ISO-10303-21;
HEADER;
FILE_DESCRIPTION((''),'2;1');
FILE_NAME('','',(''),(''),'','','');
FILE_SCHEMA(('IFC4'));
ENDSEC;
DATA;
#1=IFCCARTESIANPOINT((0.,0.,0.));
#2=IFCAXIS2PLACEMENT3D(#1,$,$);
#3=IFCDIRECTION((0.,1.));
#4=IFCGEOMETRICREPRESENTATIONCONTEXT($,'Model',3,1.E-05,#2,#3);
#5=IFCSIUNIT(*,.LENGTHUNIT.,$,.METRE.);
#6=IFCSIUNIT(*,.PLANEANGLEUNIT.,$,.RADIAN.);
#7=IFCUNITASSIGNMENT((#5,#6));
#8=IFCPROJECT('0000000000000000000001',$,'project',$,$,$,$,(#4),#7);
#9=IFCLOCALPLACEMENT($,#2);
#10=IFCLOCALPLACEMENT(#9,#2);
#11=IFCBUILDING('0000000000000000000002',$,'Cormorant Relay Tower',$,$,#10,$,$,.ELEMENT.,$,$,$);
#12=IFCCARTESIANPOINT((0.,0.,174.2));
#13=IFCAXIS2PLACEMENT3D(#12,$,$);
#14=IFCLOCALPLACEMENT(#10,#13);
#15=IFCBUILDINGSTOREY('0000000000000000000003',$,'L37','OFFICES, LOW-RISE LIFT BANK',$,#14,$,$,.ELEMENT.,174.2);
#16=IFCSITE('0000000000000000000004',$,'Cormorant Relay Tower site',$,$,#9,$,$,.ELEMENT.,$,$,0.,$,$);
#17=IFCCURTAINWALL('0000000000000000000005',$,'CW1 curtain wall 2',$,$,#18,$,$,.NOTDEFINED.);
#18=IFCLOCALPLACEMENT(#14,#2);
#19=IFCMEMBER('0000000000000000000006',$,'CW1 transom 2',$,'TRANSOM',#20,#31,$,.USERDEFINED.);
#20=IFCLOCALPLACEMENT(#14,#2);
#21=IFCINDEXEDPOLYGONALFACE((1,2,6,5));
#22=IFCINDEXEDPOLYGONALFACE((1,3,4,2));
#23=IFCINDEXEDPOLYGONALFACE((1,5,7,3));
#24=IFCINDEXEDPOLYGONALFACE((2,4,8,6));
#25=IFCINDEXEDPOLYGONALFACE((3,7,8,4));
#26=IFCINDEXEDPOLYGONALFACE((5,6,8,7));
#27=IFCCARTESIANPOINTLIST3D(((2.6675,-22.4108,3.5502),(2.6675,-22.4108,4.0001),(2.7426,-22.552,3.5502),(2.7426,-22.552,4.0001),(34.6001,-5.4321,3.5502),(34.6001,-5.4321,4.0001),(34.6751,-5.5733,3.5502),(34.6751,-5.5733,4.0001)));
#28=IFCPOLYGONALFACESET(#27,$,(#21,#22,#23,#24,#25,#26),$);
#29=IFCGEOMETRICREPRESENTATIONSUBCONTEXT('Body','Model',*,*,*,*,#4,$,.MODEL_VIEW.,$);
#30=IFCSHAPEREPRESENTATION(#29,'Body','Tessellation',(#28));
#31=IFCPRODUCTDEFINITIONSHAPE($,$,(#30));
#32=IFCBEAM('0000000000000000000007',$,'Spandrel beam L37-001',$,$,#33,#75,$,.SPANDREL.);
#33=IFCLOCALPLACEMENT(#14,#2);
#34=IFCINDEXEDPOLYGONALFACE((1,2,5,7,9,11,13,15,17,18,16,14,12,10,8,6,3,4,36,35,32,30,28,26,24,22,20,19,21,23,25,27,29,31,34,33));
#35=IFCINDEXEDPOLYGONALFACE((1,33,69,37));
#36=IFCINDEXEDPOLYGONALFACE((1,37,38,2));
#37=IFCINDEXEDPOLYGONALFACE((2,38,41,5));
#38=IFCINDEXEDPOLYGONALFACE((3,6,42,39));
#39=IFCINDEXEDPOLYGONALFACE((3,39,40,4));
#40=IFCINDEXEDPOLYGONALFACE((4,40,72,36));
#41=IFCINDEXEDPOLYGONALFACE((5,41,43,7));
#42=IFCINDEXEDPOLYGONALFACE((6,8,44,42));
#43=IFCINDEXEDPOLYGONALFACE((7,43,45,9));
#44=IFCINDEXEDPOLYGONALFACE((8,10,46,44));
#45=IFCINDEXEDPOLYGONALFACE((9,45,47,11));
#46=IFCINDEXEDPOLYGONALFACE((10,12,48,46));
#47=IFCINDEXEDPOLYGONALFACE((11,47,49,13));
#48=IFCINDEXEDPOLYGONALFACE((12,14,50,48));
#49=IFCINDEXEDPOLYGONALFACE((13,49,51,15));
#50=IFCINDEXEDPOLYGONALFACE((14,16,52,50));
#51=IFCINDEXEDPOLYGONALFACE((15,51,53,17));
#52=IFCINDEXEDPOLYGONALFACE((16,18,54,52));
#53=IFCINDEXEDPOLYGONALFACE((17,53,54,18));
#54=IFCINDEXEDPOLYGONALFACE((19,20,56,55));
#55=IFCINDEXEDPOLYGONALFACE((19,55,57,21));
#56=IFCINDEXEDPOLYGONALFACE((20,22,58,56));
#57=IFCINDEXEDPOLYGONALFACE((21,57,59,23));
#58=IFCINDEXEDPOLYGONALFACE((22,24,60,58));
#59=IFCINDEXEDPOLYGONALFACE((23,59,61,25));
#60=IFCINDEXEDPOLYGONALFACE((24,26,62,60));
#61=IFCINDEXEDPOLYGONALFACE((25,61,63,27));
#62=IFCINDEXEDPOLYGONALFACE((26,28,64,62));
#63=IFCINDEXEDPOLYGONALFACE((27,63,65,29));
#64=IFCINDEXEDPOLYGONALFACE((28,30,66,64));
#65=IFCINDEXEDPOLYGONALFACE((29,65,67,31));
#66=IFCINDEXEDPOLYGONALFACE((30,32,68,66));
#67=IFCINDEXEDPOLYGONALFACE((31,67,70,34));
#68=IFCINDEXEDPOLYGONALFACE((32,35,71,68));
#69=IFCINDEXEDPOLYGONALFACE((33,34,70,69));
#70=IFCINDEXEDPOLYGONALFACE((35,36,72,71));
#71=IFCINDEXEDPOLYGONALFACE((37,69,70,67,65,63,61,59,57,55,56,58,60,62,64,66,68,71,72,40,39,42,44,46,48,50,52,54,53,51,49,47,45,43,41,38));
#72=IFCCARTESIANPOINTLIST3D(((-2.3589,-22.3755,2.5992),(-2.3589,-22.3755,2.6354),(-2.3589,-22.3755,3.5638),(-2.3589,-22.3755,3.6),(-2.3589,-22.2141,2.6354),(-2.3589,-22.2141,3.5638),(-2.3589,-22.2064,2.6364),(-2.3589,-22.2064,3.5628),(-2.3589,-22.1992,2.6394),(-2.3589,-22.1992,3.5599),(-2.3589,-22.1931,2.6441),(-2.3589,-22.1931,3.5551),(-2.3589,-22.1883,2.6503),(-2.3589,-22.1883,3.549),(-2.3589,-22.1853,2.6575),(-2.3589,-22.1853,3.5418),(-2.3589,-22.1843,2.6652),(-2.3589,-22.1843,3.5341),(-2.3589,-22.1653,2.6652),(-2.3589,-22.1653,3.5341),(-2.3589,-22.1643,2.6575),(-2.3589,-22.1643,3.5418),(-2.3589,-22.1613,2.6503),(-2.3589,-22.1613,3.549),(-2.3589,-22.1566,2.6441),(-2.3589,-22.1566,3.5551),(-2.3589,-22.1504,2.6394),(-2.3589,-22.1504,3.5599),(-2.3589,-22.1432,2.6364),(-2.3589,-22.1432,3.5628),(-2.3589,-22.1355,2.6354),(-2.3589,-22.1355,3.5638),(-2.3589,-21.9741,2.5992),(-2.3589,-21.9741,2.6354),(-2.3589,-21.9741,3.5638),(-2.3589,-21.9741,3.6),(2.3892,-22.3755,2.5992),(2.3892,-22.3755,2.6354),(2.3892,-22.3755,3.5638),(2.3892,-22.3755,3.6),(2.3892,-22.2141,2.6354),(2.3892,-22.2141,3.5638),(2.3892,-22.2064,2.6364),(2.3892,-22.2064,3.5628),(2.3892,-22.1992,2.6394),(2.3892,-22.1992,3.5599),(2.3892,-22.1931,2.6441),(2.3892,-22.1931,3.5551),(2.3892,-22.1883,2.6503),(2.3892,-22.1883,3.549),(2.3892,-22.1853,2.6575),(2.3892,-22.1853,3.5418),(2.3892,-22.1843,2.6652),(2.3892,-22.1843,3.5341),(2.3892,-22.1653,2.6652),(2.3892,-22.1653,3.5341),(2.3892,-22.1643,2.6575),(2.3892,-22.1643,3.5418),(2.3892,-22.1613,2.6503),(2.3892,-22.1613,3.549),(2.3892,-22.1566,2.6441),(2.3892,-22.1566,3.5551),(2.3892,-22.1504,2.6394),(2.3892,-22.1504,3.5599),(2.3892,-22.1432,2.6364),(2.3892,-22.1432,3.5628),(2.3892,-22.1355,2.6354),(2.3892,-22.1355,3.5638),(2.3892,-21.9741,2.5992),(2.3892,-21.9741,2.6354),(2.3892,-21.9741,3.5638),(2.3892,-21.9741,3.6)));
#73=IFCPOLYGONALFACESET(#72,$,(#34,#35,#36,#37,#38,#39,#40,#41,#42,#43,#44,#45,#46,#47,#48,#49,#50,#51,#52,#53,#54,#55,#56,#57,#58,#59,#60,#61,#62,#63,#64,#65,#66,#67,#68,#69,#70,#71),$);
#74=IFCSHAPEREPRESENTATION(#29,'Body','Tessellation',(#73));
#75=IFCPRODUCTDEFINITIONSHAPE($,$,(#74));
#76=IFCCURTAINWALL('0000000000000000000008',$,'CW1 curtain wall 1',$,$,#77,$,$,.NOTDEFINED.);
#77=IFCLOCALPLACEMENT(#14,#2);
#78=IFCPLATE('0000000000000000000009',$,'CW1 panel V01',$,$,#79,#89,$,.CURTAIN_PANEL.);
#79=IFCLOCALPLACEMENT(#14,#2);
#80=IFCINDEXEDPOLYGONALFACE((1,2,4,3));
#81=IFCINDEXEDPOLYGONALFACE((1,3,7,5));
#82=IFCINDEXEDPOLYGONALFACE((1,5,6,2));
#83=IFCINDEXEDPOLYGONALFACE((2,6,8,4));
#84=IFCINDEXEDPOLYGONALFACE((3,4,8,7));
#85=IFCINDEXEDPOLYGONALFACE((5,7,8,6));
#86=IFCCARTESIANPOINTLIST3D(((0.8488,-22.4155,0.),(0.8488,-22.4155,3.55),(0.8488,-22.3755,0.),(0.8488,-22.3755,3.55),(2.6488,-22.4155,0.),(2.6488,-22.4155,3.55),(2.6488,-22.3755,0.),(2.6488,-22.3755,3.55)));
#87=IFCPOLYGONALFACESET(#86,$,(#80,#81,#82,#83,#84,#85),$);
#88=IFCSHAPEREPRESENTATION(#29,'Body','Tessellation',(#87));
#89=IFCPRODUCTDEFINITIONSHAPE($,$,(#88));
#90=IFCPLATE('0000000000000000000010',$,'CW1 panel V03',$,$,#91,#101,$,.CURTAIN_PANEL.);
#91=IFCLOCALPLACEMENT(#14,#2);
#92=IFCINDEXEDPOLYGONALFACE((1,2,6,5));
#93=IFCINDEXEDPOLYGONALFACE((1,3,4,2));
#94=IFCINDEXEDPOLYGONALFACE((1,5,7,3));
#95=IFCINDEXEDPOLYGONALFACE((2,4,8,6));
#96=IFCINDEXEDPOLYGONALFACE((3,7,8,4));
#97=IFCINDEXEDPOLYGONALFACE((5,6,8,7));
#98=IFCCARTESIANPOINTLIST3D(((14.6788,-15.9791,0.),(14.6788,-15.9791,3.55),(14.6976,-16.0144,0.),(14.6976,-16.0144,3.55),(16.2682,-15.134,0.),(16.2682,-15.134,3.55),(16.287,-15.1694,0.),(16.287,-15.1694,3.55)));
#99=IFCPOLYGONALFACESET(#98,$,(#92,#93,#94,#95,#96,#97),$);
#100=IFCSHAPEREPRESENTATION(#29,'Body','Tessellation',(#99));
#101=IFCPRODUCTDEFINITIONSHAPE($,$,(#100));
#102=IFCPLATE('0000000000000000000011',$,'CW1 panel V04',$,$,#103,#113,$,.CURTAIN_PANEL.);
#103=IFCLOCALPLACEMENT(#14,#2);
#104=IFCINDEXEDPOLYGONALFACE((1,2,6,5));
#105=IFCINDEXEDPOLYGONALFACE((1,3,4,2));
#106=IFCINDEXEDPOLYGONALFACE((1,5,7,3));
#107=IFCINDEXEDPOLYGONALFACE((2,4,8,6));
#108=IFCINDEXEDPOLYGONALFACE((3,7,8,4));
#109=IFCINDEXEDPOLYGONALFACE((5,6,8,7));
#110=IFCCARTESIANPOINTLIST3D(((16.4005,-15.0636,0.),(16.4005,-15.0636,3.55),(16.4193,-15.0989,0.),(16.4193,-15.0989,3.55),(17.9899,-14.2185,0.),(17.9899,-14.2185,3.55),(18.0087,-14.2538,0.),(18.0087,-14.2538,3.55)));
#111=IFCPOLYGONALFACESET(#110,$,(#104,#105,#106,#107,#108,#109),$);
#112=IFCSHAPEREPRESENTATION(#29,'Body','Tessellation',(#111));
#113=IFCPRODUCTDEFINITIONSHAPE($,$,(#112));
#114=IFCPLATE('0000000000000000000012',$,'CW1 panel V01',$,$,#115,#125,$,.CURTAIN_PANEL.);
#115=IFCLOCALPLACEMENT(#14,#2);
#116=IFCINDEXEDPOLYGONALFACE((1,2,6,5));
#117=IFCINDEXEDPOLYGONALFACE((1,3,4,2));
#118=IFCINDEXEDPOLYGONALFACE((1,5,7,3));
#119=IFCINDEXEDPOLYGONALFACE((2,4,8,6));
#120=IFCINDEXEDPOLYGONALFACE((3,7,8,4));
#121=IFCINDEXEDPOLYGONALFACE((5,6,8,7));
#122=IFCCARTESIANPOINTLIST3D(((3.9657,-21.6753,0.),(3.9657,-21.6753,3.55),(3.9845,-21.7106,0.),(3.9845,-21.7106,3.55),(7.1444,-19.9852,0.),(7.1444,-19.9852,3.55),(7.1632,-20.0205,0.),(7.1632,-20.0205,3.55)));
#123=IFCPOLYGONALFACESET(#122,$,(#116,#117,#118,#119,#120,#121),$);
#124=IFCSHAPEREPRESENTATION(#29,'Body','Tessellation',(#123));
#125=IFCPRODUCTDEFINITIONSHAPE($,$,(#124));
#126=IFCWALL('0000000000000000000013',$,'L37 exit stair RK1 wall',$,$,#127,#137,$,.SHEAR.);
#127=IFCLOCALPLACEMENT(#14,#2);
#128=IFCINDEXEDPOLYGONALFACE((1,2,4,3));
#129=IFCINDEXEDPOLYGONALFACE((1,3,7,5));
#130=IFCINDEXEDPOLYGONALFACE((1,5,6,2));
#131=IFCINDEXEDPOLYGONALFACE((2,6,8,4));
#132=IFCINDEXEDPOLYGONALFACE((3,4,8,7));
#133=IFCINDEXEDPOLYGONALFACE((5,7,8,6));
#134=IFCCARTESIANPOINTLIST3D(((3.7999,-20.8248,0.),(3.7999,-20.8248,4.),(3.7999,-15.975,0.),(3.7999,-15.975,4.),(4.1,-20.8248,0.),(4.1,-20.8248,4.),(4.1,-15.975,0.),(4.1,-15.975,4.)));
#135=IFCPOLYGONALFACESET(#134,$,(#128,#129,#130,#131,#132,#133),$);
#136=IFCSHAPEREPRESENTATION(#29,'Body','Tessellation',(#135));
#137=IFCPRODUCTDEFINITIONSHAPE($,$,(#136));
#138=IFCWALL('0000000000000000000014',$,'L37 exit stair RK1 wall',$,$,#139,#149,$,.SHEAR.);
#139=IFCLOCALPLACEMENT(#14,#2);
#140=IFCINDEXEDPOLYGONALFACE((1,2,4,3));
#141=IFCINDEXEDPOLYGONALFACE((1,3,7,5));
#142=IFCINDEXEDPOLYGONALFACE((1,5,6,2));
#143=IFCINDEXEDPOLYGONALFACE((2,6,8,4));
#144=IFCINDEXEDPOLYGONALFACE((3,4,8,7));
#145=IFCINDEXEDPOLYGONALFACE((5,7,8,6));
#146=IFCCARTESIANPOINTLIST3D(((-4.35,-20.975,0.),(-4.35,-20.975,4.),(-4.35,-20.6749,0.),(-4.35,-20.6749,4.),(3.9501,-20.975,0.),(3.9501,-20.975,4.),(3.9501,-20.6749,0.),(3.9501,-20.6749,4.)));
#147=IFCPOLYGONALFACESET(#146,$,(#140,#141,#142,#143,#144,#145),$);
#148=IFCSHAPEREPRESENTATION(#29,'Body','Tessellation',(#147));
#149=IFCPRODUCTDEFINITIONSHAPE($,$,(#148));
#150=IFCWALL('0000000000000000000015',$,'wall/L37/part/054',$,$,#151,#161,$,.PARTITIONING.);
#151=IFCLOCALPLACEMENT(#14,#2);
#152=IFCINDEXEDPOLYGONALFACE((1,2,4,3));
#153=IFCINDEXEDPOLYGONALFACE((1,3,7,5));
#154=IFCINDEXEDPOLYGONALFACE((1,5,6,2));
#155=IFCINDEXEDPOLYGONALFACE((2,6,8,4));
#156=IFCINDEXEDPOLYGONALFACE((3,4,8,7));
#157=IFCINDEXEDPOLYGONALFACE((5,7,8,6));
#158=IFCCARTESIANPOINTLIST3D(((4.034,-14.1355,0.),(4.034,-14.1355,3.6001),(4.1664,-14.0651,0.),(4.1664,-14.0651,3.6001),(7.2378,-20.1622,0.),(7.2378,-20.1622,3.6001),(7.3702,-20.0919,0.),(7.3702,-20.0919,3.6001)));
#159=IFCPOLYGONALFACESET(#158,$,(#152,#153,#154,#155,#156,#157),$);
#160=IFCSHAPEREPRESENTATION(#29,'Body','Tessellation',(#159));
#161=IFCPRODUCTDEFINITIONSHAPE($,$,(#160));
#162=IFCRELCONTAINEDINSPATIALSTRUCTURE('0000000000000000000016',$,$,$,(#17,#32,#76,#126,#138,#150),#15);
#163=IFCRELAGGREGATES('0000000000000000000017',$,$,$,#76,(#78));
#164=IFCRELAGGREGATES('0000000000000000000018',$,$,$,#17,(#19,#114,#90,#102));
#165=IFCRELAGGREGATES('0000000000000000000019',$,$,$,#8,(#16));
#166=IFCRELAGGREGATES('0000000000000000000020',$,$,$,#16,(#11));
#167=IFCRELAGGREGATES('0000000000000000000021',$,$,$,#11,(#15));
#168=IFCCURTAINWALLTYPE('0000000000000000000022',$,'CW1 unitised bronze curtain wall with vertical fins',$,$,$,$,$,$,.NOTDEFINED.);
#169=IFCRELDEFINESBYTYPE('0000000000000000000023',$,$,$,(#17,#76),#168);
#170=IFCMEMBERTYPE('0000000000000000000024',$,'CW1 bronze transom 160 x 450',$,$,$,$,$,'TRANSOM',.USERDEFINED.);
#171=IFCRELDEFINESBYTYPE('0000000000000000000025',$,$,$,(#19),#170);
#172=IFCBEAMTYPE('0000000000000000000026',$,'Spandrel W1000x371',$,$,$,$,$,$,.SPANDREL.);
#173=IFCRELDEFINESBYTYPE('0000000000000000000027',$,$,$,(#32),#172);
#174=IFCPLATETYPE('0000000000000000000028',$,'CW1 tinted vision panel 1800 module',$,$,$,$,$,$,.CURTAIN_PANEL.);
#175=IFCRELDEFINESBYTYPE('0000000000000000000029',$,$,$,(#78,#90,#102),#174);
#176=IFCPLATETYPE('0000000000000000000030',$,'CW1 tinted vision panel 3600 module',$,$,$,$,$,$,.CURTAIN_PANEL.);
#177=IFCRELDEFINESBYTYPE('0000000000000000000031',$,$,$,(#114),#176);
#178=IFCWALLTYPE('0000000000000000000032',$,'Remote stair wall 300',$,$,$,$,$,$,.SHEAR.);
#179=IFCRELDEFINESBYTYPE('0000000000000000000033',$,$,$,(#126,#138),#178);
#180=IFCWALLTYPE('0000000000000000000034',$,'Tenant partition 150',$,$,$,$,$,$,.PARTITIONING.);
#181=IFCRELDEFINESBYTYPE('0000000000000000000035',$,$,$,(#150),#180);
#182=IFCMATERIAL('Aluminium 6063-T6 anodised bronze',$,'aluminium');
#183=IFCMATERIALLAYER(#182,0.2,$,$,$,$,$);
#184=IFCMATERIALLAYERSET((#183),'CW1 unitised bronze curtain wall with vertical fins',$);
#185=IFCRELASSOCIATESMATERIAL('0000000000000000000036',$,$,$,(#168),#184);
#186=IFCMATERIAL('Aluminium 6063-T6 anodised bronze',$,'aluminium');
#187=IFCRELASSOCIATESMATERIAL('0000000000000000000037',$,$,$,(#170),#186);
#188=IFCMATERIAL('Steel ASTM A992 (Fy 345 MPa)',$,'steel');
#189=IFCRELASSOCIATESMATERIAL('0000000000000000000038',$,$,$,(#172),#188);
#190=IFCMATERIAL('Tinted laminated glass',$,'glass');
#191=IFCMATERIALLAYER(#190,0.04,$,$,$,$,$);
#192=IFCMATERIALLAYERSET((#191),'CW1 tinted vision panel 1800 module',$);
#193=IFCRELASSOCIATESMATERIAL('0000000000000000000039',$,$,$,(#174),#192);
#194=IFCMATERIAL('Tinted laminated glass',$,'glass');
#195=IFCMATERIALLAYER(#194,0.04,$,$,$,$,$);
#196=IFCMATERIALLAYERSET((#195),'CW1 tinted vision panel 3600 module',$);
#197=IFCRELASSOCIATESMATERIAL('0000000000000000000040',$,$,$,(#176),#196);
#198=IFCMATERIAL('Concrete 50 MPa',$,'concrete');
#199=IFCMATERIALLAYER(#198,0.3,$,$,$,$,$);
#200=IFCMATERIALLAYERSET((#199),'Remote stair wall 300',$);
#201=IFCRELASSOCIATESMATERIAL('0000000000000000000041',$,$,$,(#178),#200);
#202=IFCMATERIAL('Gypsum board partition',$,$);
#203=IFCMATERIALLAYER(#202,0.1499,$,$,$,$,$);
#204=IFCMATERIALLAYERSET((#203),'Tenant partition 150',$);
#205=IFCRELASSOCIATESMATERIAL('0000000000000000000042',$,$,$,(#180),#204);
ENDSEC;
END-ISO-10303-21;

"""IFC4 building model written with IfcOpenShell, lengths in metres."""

from ifc_helpers import new_model, si_unit, direction, frame, frame_2d, origin, origin_2d, place, context, subcontext, project, spatial, rectangle, i_section, extrude, material, layer, layer_set, material_profile, profile_set, type_object, element, aggregate, save


model = new_model("IFC4")

# Units and contexts
model_context = context("Model", 3, precision=1e-05, world=origin(), true_north=direction((0.0, 1.0)))
body_context = subcontext(model_context, "Body", "Model", "MODEL_VIEW")
ifc_project = project(units=[si_unit("LENGTHUNIT", "METRE"), si_unit("PLANEANGLEUNIT", "RADIAN")], contexts=[model_context])

# Site, building, storey
site_placement = place(None, origin())
site = spatial("IfcSite", under=ifc_project, at=site_placement, Name="Cormorant Relay Tower site", CompositionType="ELEMENT", RefElevation=0.0)
building_placement = place(site_placement, origin())
building = spatial("IfcBuilding", under=site, at=building_placement, Name="Cormorant Relay Tower", CompositionType="ELEMENT")
storey_placement = place(building_placement, frame((0.0, 0.0, 174.2)))
storey = spatial("IfcBuildingStorey", under=building, at=storey_placement, Name="L37", Description="OFFICES, LOW-RISE LIFT BANK", CompositionType="ELEMENT", Elevation=174.2)

# Curtain wall, member
ifc_material_1 = material(Name="Aluminium 6063-T6 anodised bronze", Category="aluminium")
ifc_layer_1 = layer(ifc_material_1, 0.2)
ifc_layer_set_1 = layer_set([ifc_layer_1], Name="CW1 unitised bronze curtain wall with vertical fins")
curtain_wall_type = type_object("IfcCurtainWallType", Name="CW1 unitised bronze curtain wall with vertical fins", PredefinedType="NOTDEFINED", material=ifc_layer_set_1)
curtain_wall_1_placement = place(storey_placement, origin())
curtain_wall_1 = element("IfcCurtainWall", 1, at=curtain_wall_1_placement, inside=storey, type_object=curtain_wall_type, Name="CW1 curtain wall 2", PredefinedType="NOTDEFINED")
ifc_material_2 = material(Name="Aluminium 6063-T6 anodised bronze", Category="aluminium")
ifc_material_profile_1 = material_profile(ifc_material_2, rectangle(XDim=0.1599, YDim=0.45, at=origin_2d()), Name="AL 160x450")
ifc_profile_set_1 = profile_set([ifc_material_profile_1], Name="Aluminium 6063-T6 anodised bronze")
member_type_1 = type_object("IfcMemberType", Name="CW1 bronze transom 160 x 450", ElementType="TRANSOM", PredefinedType="USERDEFINED", material=ifc_profile_set_1)
member_1_placement = place(storey_placement, frame((2.7051, -22.4814, 3.7751), z_axis=(0.882949, 0.469469, 0.0), x_axis=(-0.469469, 0.882949, 0.0)))
member_1 = element("IfcMember", 2, at=member_1_placement, type_object=member_type_1, Name="CW1 transom 2", ObjectType="TRANSOM", PredefinedType="USERDEFINED", context=body_context, shape_type="SweptSolid", body=[
    extrude(rectangle(XDim=0.1599, YDim=0.45, at=origin_2d()), origin(), (0.0, 0.0, 1.0), 36.1658),
])

# Beam
ifc_material_3 = material(Name="Steel ASTM A992 (Fy 345 MPa)", Category="steel")
ifc_material_profile_2 = material_profile(ifc_material_3, i_section(OverallWidth=0.4014, OverallDepth=1.0007, WebThickness=0.019, FlangeThickness=0.0361, FilletRadius=0.0298, at=origin_2d()), Name="W1000x371")
ifc_profile_set_2 = profile_set([ifc_material_profile_2], Name="Steel ASTM A992 (Fy 345 MPa)")
beam_type = type_object("IfcBeamType", Name="Spandrel W1000x371", PredefinedType="SPANDREL", material=ifc_profile_set_2)
beam_placement = place(storey_placement, frame((-2.3589, -22.1748, 3.0996), z_axis=(1.0, 0.0, 0.0), x_axis=(0.0, 1.0, 0.0)))
element("IfcBeam", 3, at=beam_placement, inside=storey, type_object=beam_type, Name="Spandrel beam L37-001", PredefinedType="SPANDREL", context=body_context, shape_type="SweptSolid", body=[
    extrude(i_section(OverallWidth=0.4014, OverallDepth=1.0007, WebThickness=0.019, FlangeThickness=0.0361, FilletRadius=0.0298, at=origin_2d()), origin(), (0.0, 0.0, 1.0), 4.748),
])

# Curtain wall, plate
curtain_wall_2_placement = place(storey_placement, origin())
curtain_wall_2 = element("IfcCurtainWall", 4, at=curtain_wall_2_placement, inside=storey, type_object=curtain_wall_type, Name="CW1 curtain wall 1", PredefinedType="NOTDEFINED")
ifc_material_4 = material(Name="Tinted laminated glass", Category="glass")
ifc_layer_2 = layer(ifc_material_4, 0.04)
ifc_layer_set_2 = layer_set([ifc_layer_2], Name="CW1 tinted vision panel 1800 module")
plate_type_1 = type_object("IfcPlateType", Name="CW1 tinted vision panel 1800 module", PredefinedType="CURTAIN_PANEL", material=ifc_layer_set_2)
plate_1_placement = place(storey_placement, frame((1.7488, -22.3955, 0.0), z_axis=(0.0, 0.0, 1.0), x_axis=(1.0, 0.0, 0.0)))
plate_1 = element("IfcPlate", 5, at=plate_1_placement, type_object=plate_type_1, Name="CW1 panel V01", PredefinedType="CURTAIN_PANEL", context=body_context, shape_type="SweptSolid", body=[
    extrude(rectangle(XDim=1.8, YDim=0.04, at=origin_2d()), origin(), (0.0, 0.0, 1.0), 3.55),
])

# Plates
plate_2_placement = place(storey_placement, frame((15.4829, -15.5742, 0.0), z_axis=(0.0, 0.0, 1.0), x_axis=(0.882948, 0.469472, 0.0)))
plate_2 = element("IfcPlate", 6, at=plate_2_placement, type_object=plate_type_1, Name="CW1 panel V03", PredefinedType="CURTAIN_PANEL", context=body_context, shape_type="SweptSolid", body=[
    extrude(rectangle(XDim=1.8, YDim=0.04, at=origin_2d()), origin(), (0.0, 0.0, 1.0), 3.55),
])
plate_3_placement = place(storey_placement, frame((17.2046, -14.6587, 0.0), z_axis=(0.0, 0.0, 1.0), x_axis=(0.882948, 0.469472, 0.0)))
plate_3 = element("IfcPlate", 7, at=plate_3_placement, type_object=plate_type_1, Name="CW1 panel V04", PredefinedType="CURTAIN_PANEL", context=body_context, shape_type="SweptSolid", body=[
    extrude(rectangle(XDim=1.8, YDim=0.04, at=origin_2d()), origin(), (0.0, 0.0, 1.0), 3.55),
])
ifc_material_5 = material(Name="Tinted laminated glass", Category="glass")
ifc_layer_3 = layer(ifc_material_5, 0.04)
ifc_layer_set_3 = layer_set([ifc_layer_3], Name="CW1 tinted vision panel 3600 module")
plate_type_2 = type_object("IfcPlateType", Name="CW1 tinted vision panel 3600 module", PredefinedType="CURTAIN_PANEL", material=ifc_layer_set_3)
plate_4_placement = place(storey_placement, frame((5.5645, -20.8479, 0.0), z_axis=(0.0, 0.0, 1.0), x_axis=(0.882948, 0.469472, 0.0)))
plate_4 = element("IfcPlate", 8, at=plate_4_placement, type_object=plate_type_2, Name="CW1 panel V01", PredefinedType="CURTAIN_PANEL", context=body_context, shape_type="SweptSolid", body=[
    extrude(rectangle(XDim=3.6001, YDim=0.04, at=origin_2d()), origin(), (0.0, 0.0, 1.0), 3.55),
])

# Walls
ifc_material_6 = material(Name="Concrete 50 MPa", Category="concrete")
ifc_layer_4 = layer(ifc_material_6, 0.3)
ifc_layer_set_4 = layer_set([ifc_layer_4], Name="Remote stair wall 300")
wall_type_1 = type_object("IfcWallType", Name="Remote stair wall 300", PredefinedType="SHEAR", material=ifc_layer_set_4)
wall_1_placement = place(storey_placement, frame((3.95, -15.9751, 0.0), z_axis=(0.0, 0.0, 1.0), x_axis=(0.0, -1.0, 0.0)))
element("IfcWall", 9, at=wall_1_placement, inside=storey, type_object=wall_type_1, Name="L37 exit stair RK1 wall", PredefinedType="SHEAR", context=body_context, shape_type="SweptSolid", body=[
    extrude(rectangle(XDim=4.8499, YDim=0.3, at=frame_2d((2.4248, 0.0))), origin(), (0.0, 0.0, 1.0), 4.0),
])
wall_2_placement = place(storey_placement, frame((3.95, -20.825, 0.0), z_axis=(0.0, 0.0, 1.0), x_axis=(-1.0, 0.0, 0.0)))
element("IfcWall", 10, at=wall_2_placement, inside=storey, type_object=wall_type_1, Name="L37 exit stair RK1 wall", PredefinedType="SHEAR", context=body_context, shape_type="SweptSolid", body=[
    extrude(rectangle(XDim=8.3, YDim=0.3, at=frame_2d((4.1499, 0.0))), origin(), (0.0, 0.0, 1.0), 4.0),
])
ifc_material_7 = material(Name="Gypsum board partition")
ifc_layer_5 = layer(ifc_material_7, 0.1499)
ifc_layer_set_5 = layer_set([ifc_layer_5], Name="Tenant partition 150")
wall_type_2 = type_object("IfcWallType", Name="Tenant partition 150", PredefinedType="PARTITIONING", material=ifc_layer_set_5)
wall_3_placement = place(storey_placement, frame((7.304, -20.127, 0.0), z_axis=(0.0, 0.0, 1.0), x_axis=(-0.469394, 0.882989, 0.0)))
element("IfcWall", 11, at=wall_3_placement, inside=storey, type_object=wall_type_2, Name="wall/L37/part/054", PredefinedType="PARTITIONING", context=body_context, shape_type="SweptSolid", body=[
    extrude(rectangle(XDim=6.8254, YDim=0.1499, at=frame_2d((3.4126, 0.0))), origin(), (0.0, 0.0, 1.0), 3.6001),
])

aggregate(curtain_wall_2, [plate_1])
aggregate(curtain_wall_1, [member_1, plate_4, plate_2, plate_3])

save(model, "model.ifc")
